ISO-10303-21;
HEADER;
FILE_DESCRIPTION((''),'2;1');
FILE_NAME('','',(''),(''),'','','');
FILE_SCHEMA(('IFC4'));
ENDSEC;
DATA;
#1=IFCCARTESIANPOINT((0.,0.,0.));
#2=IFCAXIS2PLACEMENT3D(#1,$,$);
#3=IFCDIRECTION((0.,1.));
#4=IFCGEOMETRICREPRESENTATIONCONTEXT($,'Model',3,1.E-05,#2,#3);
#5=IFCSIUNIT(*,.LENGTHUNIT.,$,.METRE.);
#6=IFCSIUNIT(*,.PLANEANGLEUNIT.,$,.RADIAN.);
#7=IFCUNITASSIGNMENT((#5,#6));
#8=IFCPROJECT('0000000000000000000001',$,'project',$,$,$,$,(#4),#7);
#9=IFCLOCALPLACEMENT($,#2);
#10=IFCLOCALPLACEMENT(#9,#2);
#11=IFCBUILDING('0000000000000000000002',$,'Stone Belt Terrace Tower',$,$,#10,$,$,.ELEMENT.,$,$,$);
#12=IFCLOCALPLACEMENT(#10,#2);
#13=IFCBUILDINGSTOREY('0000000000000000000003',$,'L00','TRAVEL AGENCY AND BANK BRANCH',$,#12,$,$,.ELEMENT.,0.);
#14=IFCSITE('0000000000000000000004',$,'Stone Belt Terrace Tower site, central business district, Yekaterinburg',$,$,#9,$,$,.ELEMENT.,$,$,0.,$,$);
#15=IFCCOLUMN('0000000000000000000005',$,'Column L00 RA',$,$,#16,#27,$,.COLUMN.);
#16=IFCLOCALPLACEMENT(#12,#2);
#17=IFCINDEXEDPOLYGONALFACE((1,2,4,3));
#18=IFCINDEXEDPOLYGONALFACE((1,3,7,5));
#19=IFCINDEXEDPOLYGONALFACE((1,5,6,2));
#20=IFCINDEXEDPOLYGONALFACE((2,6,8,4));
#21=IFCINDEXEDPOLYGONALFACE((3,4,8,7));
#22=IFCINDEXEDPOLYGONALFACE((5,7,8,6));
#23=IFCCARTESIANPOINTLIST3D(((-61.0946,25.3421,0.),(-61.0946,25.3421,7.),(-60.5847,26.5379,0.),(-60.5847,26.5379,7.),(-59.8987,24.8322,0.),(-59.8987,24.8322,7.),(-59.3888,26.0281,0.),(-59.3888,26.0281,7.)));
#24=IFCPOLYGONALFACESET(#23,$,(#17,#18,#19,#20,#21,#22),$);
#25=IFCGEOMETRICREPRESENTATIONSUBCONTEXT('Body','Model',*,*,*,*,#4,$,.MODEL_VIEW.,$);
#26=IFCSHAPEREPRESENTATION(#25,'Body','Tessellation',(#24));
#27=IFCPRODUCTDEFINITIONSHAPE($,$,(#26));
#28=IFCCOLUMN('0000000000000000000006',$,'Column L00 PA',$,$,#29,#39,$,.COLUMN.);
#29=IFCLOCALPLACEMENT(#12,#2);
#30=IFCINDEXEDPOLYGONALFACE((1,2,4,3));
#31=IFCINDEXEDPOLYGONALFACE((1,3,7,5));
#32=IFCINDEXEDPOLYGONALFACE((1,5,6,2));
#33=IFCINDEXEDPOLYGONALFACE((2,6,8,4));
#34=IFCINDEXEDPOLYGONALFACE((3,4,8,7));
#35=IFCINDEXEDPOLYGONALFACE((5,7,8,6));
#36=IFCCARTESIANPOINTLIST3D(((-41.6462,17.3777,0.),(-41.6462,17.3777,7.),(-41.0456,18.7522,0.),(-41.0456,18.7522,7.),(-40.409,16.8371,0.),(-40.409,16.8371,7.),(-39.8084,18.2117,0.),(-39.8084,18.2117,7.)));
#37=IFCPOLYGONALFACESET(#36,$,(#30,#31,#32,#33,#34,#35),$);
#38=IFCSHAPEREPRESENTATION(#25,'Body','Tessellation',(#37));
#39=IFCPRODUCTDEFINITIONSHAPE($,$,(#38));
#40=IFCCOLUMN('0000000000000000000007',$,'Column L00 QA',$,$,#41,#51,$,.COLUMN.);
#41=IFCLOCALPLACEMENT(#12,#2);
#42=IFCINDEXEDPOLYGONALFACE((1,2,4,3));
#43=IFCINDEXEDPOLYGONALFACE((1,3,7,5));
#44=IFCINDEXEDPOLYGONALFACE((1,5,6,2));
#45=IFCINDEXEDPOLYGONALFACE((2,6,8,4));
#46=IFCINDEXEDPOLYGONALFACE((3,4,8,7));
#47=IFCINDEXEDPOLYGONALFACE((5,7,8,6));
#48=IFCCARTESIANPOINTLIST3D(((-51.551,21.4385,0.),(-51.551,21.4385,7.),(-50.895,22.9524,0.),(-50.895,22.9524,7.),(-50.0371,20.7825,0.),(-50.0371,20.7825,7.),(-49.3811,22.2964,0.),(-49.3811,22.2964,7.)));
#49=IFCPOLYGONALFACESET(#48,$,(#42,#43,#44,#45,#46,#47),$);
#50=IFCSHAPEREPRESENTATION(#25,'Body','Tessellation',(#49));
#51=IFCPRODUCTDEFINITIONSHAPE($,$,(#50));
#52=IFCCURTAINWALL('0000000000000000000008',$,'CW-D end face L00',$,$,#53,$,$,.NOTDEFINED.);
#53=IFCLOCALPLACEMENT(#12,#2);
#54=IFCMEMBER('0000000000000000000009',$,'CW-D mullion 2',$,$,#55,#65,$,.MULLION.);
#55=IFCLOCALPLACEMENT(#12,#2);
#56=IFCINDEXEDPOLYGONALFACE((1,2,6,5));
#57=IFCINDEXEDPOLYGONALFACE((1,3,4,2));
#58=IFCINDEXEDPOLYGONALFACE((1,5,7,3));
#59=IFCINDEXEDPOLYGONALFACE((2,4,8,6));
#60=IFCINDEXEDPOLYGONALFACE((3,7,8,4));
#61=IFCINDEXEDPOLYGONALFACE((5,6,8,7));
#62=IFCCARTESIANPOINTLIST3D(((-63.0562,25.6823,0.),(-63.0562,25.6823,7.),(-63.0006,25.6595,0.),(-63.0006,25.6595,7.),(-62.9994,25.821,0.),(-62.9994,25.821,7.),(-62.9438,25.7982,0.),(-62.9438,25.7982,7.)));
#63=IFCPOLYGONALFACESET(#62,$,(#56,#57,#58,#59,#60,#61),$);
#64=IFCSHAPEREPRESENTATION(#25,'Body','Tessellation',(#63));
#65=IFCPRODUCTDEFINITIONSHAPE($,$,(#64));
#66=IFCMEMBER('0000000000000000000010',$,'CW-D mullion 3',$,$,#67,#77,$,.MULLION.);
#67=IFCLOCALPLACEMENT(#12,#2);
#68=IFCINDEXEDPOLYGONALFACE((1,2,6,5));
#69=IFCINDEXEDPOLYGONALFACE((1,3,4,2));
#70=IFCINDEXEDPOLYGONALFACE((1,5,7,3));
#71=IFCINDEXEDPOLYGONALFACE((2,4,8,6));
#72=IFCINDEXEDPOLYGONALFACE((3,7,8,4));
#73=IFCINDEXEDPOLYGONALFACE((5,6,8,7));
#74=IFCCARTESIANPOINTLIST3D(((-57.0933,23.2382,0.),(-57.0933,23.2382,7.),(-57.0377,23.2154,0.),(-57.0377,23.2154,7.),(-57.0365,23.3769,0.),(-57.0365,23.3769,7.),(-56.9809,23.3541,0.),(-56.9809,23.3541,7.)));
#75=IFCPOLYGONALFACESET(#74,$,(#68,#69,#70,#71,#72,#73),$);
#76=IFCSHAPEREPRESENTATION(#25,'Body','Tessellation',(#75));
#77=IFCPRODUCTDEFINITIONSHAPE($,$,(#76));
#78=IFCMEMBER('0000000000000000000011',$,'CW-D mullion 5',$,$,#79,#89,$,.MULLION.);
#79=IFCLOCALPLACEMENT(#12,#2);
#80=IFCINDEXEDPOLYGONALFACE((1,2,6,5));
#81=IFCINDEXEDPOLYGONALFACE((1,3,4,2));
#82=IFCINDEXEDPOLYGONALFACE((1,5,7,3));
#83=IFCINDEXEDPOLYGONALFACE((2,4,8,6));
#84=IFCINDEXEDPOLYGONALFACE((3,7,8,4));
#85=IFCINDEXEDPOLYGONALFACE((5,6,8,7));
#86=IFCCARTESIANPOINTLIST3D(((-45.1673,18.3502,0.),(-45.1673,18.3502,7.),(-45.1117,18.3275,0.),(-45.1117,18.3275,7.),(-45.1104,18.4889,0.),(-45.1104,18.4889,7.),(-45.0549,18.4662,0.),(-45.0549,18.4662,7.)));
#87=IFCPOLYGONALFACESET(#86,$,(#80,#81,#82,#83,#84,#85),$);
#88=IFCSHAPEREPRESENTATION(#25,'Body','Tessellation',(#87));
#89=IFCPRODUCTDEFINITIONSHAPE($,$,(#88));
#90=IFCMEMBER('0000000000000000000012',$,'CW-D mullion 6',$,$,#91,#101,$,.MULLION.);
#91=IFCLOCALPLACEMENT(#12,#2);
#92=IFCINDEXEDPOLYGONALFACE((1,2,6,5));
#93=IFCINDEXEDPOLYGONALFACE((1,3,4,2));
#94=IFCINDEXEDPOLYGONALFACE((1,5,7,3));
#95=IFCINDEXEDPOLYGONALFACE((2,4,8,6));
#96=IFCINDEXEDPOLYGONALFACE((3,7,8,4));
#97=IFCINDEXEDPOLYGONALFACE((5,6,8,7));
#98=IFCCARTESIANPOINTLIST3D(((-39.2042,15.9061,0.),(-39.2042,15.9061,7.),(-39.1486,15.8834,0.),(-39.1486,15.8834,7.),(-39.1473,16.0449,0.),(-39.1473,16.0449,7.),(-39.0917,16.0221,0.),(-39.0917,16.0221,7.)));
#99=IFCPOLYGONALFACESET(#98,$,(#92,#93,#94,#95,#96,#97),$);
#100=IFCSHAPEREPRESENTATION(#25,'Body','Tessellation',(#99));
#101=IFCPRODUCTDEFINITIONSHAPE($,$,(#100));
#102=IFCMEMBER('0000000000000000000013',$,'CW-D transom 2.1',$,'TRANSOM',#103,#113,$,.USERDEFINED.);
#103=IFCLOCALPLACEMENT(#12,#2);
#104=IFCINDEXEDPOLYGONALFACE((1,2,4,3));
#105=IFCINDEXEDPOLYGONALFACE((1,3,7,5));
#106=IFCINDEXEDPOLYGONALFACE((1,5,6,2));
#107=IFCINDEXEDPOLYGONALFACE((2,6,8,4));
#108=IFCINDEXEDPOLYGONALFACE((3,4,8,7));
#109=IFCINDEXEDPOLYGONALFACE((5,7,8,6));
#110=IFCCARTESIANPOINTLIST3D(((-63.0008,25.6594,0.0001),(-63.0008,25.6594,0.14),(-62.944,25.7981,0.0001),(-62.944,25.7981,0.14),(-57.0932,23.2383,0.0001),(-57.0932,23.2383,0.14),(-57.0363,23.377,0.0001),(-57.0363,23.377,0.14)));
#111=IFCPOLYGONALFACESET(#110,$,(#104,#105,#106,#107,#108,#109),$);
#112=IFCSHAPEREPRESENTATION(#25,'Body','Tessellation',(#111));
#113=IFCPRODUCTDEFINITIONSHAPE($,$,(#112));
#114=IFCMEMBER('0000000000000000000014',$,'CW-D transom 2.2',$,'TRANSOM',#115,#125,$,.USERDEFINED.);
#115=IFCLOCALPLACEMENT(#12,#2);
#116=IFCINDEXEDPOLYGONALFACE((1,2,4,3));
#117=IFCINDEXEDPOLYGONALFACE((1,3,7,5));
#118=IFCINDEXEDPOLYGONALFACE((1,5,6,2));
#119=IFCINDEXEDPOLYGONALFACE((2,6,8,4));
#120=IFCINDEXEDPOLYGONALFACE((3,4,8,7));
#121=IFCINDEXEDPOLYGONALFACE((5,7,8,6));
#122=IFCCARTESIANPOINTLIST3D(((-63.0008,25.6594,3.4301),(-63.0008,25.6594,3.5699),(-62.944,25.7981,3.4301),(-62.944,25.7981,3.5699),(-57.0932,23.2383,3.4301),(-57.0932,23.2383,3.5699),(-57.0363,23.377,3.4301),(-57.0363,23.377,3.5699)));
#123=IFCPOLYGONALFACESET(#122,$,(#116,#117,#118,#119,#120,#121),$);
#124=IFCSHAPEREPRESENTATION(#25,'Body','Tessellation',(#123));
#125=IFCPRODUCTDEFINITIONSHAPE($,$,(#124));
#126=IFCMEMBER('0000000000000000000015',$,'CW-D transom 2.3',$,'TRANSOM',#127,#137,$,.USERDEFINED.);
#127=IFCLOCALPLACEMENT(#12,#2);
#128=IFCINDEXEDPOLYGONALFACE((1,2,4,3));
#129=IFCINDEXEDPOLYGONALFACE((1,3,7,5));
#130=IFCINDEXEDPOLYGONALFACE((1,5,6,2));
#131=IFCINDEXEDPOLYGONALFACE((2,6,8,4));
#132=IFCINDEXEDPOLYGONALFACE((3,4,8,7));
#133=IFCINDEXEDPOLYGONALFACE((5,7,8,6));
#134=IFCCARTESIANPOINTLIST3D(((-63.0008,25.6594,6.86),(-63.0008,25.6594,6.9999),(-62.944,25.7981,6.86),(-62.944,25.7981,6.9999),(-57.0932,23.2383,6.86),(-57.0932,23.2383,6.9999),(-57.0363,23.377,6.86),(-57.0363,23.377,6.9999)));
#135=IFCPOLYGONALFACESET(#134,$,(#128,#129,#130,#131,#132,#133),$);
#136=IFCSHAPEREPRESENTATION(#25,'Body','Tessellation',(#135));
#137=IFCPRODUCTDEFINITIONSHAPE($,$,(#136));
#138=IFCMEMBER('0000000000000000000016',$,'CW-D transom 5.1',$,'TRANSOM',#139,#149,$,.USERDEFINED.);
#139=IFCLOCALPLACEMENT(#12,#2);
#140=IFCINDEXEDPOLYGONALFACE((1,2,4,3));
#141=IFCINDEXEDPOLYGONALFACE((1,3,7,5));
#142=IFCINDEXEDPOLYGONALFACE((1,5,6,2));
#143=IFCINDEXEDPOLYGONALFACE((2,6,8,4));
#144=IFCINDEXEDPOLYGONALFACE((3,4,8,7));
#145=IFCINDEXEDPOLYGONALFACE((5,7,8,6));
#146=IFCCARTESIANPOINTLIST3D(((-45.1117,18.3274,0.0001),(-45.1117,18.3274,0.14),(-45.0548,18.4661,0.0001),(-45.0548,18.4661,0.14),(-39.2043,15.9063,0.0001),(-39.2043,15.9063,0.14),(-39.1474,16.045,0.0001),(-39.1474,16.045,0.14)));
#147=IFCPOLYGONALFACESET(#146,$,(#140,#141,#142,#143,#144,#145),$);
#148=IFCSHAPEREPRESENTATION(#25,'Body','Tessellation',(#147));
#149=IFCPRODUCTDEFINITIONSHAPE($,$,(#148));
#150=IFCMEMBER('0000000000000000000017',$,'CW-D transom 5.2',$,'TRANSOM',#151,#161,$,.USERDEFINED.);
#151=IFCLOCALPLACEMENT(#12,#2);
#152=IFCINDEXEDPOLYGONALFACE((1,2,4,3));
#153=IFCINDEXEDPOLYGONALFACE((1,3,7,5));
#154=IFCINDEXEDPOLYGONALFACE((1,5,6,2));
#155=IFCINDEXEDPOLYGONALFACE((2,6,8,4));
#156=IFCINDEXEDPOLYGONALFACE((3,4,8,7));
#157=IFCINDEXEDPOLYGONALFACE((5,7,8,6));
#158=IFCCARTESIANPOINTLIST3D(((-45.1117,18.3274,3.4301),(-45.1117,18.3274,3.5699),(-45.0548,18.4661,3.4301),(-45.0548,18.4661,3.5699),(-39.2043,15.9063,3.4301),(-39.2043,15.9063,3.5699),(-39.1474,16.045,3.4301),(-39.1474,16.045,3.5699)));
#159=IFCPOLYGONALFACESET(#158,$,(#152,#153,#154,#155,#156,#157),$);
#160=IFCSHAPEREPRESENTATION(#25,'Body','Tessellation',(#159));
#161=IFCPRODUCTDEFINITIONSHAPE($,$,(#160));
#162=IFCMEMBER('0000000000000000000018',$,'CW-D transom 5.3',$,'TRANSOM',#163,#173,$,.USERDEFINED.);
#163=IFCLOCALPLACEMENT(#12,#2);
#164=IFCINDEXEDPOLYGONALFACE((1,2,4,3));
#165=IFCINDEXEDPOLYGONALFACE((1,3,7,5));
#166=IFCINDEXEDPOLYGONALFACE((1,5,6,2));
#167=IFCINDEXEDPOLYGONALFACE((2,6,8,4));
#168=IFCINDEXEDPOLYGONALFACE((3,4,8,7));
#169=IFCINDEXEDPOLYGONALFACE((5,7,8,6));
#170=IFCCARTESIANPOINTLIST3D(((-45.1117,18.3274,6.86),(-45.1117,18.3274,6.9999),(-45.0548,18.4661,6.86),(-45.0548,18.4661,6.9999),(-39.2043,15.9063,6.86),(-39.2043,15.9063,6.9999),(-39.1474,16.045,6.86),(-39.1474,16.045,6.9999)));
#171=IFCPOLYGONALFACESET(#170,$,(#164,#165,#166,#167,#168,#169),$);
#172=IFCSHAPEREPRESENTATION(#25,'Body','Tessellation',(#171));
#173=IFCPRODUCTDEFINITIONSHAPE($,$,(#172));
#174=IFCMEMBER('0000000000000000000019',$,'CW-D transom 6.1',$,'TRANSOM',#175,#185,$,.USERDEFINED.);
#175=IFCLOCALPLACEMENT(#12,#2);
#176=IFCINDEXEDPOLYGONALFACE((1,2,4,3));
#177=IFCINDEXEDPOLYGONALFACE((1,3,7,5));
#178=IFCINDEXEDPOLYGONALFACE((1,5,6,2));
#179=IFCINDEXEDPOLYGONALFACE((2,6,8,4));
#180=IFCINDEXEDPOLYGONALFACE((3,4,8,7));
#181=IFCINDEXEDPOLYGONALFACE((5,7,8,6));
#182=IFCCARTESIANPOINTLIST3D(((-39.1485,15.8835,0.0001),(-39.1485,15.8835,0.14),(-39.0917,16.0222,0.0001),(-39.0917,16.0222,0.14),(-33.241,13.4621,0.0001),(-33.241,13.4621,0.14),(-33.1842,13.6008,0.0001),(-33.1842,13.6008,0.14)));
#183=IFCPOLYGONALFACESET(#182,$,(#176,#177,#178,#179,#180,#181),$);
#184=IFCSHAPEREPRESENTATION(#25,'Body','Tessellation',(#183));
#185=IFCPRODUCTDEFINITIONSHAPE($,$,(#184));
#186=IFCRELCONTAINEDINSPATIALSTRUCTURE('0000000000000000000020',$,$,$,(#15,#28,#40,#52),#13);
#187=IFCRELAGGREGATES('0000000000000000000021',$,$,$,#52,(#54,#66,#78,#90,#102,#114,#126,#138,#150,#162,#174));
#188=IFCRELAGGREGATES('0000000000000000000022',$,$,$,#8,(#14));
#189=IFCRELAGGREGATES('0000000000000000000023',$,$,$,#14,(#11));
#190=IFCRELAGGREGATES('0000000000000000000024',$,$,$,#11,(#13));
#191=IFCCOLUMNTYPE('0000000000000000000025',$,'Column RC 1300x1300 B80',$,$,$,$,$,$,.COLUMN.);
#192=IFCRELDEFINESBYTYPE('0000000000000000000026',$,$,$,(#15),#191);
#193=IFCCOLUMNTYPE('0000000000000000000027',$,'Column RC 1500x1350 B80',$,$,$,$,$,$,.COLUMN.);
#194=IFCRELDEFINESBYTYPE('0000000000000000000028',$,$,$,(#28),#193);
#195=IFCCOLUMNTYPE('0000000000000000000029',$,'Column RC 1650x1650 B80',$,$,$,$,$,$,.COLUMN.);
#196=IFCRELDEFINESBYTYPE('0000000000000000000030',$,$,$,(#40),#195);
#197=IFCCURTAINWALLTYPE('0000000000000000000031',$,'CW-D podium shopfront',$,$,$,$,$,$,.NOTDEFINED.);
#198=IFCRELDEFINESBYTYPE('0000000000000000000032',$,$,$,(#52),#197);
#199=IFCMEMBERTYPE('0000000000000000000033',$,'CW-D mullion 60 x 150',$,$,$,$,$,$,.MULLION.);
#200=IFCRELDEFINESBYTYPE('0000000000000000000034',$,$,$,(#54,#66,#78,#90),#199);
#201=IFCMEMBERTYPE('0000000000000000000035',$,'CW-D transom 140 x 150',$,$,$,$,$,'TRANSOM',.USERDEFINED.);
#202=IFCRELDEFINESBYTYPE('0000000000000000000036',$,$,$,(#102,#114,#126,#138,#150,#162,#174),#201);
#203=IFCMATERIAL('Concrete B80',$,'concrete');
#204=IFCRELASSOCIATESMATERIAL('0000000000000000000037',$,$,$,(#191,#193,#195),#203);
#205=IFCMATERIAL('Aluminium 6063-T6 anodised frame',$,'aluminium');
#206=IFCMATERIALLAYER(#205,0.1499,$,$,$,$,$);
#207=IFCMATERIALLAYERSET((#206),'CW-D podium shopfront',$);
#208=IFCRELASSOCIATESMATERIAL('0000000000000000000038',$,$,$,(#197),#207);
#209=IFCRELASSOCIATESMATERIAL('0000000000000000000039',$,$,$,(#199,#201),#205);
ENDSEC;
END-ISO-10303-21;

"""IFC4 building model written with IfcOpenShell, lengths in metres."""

from ifc_helpers import new_model, si_unit, direction, frame, origin, origin_2d, place, context, subcontext, project, spatial, rectangle, extrude, material, layer, layer_set, material_profile, profile_set, type_object, element, aggregate, save


model = new_model("IFC4")

# Units and contexts
model_context = context("Model", 3, precision=1e-05, world=origin(), true_north=direction((0.0, 1.0)))
body_context = subcontext(model_context, "Body", "Model", "MODEL_VIEW")
ifc_project = project(units=[si_unit("LENGTHUNIT", "METRE"), si_unit("PLANEANGLEUNIT", "RADIAN")], contexts=[model_context])

# Site, building, storey
site_placement = place(None, origin())
site = spatial("IfcSite", under=ifc_project, at=site_placement, Name="Stone Belt Terrace Tower site, central business district, Yekaterinburg", CompositionType="ELEMENT", RefElevation=0.0)
building_placement = place(site_placement, origin())
building = spatial("IfcBuilding", under=site, at=building_placement, Name="Stone Belt Terrace Tower", CompositionType="ELEMENT")
storey_placement = place(building_placement, origin())
storey = spatial("IfcBuildingStorey", under=building, at=storey_placement, Name="L00", Description="TRAVEL AGENCY AND BANK BRANCH", CompositionType="ELEMENT", Elevation=0.0)

# Columns
ifc_material_1 = material(Name="Concrete B80", Category="concrete")
ifc_material_profile_1 = material_profile(ifc_material_1, rectangle(XDim=1.3, YDim=1.3, at=origin_2d()), Name="RC 1300x1300")
ifc_profile_set_1 = profile_set([ifc_material_profile_1], Name="Concrete B80")
column_type_1 = type_object("IfcColumnType", Name="Column RC 1300x1300 B80", PredefinedType="COLUMN", material=ifc_profile_set_1)
column_1_placement = place(storey_placement, frame((-60.2417, 25.6851, 0.0), z_axis=(0.0, 0.0, 1.0), x_axis=(0.392204, 0.919878, 0.0)))
element("IfcColumn", 1, at=column_1_placement, inside=storey, type_object=column_type_1, Name="Column L00 RA", PredefinedType="COLUMN", context=body_context, shape_type="SweptSolid", body=[
    extrude(rectangle(XDim=1.3, YDim=1.3, at=origin_2d()), origin(), (0.0, 0.0, 1.0), 7.0),
])
ifc_material_profile_2 = material_profile(ifc_material_1, rectangle(XDim=1.5, YDim=1.3501, at=origin_2d()), Name="RC 1500x1350")
ifc_profile_set_2 = profile_set([ifc_material_profile_2], Name="Concrete B80")
column_type_2 = type_object("IfcColumnType", Name="Column RC 1500x1350 B80", PredefinedType="COLUMN", material=ifc_profile_set_2)
column_2_placement = place(storey_placement, frame((-40.7273, 17.7947, 0.0), z_axis=(0.0, 0.0, 1.0), x_axis=(0.400376, 0.916351, 0.0)))
element("IfcColumn", 2, at=column_2_placement, inside=storey, type_object=column_type_2, Name="Column L00 PA", PredefinedType="COLUMN", context=body_context, shape_type="SweptSolid", body=[
    extrude(rectangle(XDim=1.5, YDim=1.3501, at=origin_2d()), origin(), (0.0, 0.0, 1.0), 7.0),
])
ifc_material_profile_3 = material_profile(ifc_material_1, rectangle(XDim=1.6499, YDim=1.6499, at=origin_2d()), Name="RC 1650x1650")
ifc_profile_set_3 = profile_set([ifc_material_profile_3], Name="Concrete B80")
column_type_3 = type_object("IfcColumnType", Name="Column RC 1650x1650 B80", PredefinedType="COLUMN", material=ifc_profile_set_3)
column_3_placement = place(storey_placement, frame((-50.4661, 21.8674, 0.0), z_axis=(0.0, 0.0, 1.0), x_axis=(0.397588, 0.917564, 0.0)))
element("IfcColumn", 3, at=column_3_placement, inside=storey, type_object=column_type_3, Name="Column L00 QA", PredefinedType="COLUMN", context=body_context, shape_type="SweptSolid", body=[
    extrude(rectangle(XDim=1.6499, YDim=1.6499, at=origin_2d()), origin(), (0.0, 0.0, 1.0), 7.0),
])

# Curtain wall, members
ifc_material_2 = material(Name="Aluminium 6063-T6 anodised frame", Category="aluminium")
ifc_layer_1 = layer(ifc_material_2, 0.1499)
ifc_layer_set_1 = layer_set([ifc_layer_1], Name="CW-D podium shopfront")
curtain_wall_type = type_object("IfcCurtainWallType", Name="CW-D podium shopfront", PredefinedType="NOTDEFINED", material=ifc_layer_set_1)
curtain_wall_placement = place(storey_placement, origin())
curtain_wall = element("IfcCurtainWall", 4, at=curtain_wall_placement, inside=storey, type_object=curtain_wall_type, Name="CW-D end face L00", PredefinedType="NOTDEFINED")
ifc_material_profile_4 = material_profile(ifc_material_2, rectangle(XDim=0.1499, YDim=0.0601, at=origin_2d()), Name="Aluminium 6063-T6 60x150")
ifc_profile_set_4 = profile_set([ifc_material_profile_4], Name="Aluminium 6063-T6 anodised frame")
member_type_1 = type_object("IfcMemberType", Name="CW-D mullion 60 x 150", PredefinedType="MULLION", material=ifc_profile_set_4)
member_1_placement = place(storey_placement, frame((-63.0, 25.7402, 0.0), z_axis=(0.0, 0.0, 1.0), x_axis=(0.379243, 0.925297, 0.0)))
member_1 = element("IfcMember", 5, at=member_1_placement, type_object=member_type_1, Name="CW-D mullion 2", PredefinedType="MULLION", context=body_context, shape_type="SweptSolid", body=[
    extrude(rectangle(XDim=0.1499, YDim=0.0601, at=origin_2d()), origin(), (0.0, 0.0, 1.0), 7.0),
])
member_2_placement = place(storey_placement, frame((-57.0371, 23.2961, 0.0), z_axis=(0.0, 0.0, 1.0), x_axis=(0.379243, 0.925297, 0.0)))
member_2 = element("IfcMember", 6, at=member_2_placement, type_object=member_type_1, Name="CW-D mullion 3", PredefinedType="MULLION", context=body_context, shape_type="SweptSolid", body=[
    extrude(rectangle(XDim=0.1499, YDim=0.0601, at=origin_2d()), origin(), (0.0, 0.0, 1.0), 7.0),
])
member_3_placement = place(storey_placement, frame((-45.1111, 18.4082, 0.0), z_axis=(0.0, 0.0, 1.0), x_axis=(0.379243, 0.925297, 0.0)))
member_3 = element("IfcMember", 7, at=member_3_placement, type_object=member_type_1, Name="CW-D mullion 5", PredefinedType="MULLION", context=body_context, shape_type="SweptSolid", body=[
    extrude(rectangle(XDim=0.1499, YDim=0.0601, at=origin_2d()), origin(), (0.0, 0.0, 1.0), 7.0),
])
member_4_placement = place(storey_placement, frame((-39.1479, 15.9641, 0.0), z_axis=(0.0, 0.0, 1.0), x_axis=(0.379243, 0.925297, 0.0)))
member_4 = element("IfcMember", 8, at=member_4_placement, type_object=member_type_1, Name="CW-D mullion 6", PredefinedType="MULLION", context=body_context, shape_type="SweptSolid", body=[
    extrude(rectangle(XDim=0.1499, YDim=0.0601, at=origin_2d()), origin(), (0.0, 0.0, 1.0), 7.0),
])
ifc_material_profile_5 = material_profile(ifc_material_2, rectangle(XDim=0.1499, YDim=0.1399, at=origin_2d()), Name="Aluminium 6063-T6 150x140")
ifc_profile_set_5 = profile_set([ifc_material_profile_5], Name="Aluminium 6063-T6 anodised frame")
member_type_2 = type_object("IfcMemberType", Name="CW-D transom 140 x 150", ElementType="TRANSOM", PredefinedType="USERDEFINED", material=ifc_profile_set_5)
member_5_placement = place(storey_placement, frame((-62.9724, 25.7288, 0.0701), z_axis=(0.925308, -0.379216, 0.0), x_axis=(0.379216, 0.925308, 0.0)))
member_5 = element("IfcMember", 9, at=member_5_placement, type_object=member_type_2, Name="CW-D transom 2.1", ObjectType="TRANSOM", PredefinedType="USERDEFINED", context=body_context, shape_type="SweptSolid", body=[
    extrude(rectangle(XDim=0.1499, YDim=0.1399, at=origin_2d()), origin(), (0.0, 0.0, 1.0), 6.3845),
])
member_6_placement = place(storey_placement, frame((-62.9724, 25.7288, 3.5), z_axis=(0.925308, -0.379216, 0.0), x_axis=(0.379216, 0.925308, 0.0)))
member_6 = element("IfcMember", 10, at=member_6_placement, type_object=member_type_2, Name="CW-D transom 2.2", ObjectType="TRANSOM", PredefinedType="USERDEFINED", context=body_context, shape_type="SweptSolid", body=[
    extrude(rectangle(XDim=0.1499, YDim=0.1399, at=origin_2d()), origin(), (0.0, 0.0, 1.0), 6.3845),
])
member_7_placement = place(storey_placement, frame((-62.9724, 25.7288, 6.9299), z_axis=(0.925308, -0.379216, 0.0), x_axis=(0.379216, 0.925308, 0.0)))
member_7 = element("IfcMember", 11, at=member_7_placement, type_object=member_type_2, Name="CW-D transom 2.3", ObjectType="TRANSOM", PredefinedType="USERDEFINED", context=body_context, shape_type="SweptSolid", body=[
    extrude(rectangle(XDim=0.1499, YDim=0.1399, at=origin_2d()), origin(), (0.0, 0.0, 1.0), 6.3845),
])
member_8_placement = place(storey_placement, frame((-45.0833, 18.3967, 0.0701), z_axis=(0.925302, -0.37923, 0.0), x_axis=(0.37923, 0.925302, 0.0)))
member_8 = element("IfcMember", 12, at=member_8_placement, type_object=member_type_2, Name="CW-D transom 5.1", ObjectType="TRANSOM", PredefinedType="USERDEFINED", context=body_context, shape_type="SweptSolid", body=[
    extrude(rectangle(XDim=0.1499, YDim=0.1399, at=origin_2d()), origin(), (0.0, 0.0, 1.0), 6.3843),
])
member_9_placement = place(storey_placement, frame((-45.0833, 18.3967, 3.5), z_axis=(0.925302, -0.37923, 0.0), x_axis=(0.37923, 0.925302, 0.0)))
member_9 = element("IfcMember", 13, at=member_9_placement, type_object=member_type_2, Name="CW-D transom 5.2", ObjectType="TRANSOM", PredefinedType="USERDEFINED", context=body_context, shape_type="SweptSolid", body=[
    extrude(rectangle(XDim=0.1499, YDim=0.1399, at=origin_2d()), origin(), (0.0, 0.0, 1.0), 6.3843),
])
member_10_placement = place(storey_placement, frame((-45.0833, 18.3967, 6.9299), z_axis=(0.925302, -0.37923, 0.0), x_axis=(0.37923, 0.925302, 0.0)))
member_10 = element("IfcMember", 14, at=member_10_placement, type_object=member_type_2, Name="CW-D transom 5.3", ObjectType="TRANSOM", PredefinedType="USERDEFINED", context=body_context, shape_type="SweptSolid", body=[
    extrude(rectangle(XDim=0.1499, YDim=0.1399, at=origin_2d()), origin(), (0.0, 0.0, 1.0), 6.3843),
])
member_11_placement = place(storey_placement, frame((-39.1201, 15.9529, 0.0701), z_axis=(0.925289, -0.379263, 0.0), x_axis=(0.379263, 0.925289, 0.0)))
member_11 = element("IfcMember", 15, at=member_11_placement, type_object=member_type_2, Name="CW-D transom 6.1", ObjectType="TRANSOM", PredefinedType="USERDEFINED", context=body_context, shape_type="SweptSolid", body=[
    extrude(rectangle(XDim=0.1499, YDim=0.1399, at=origin_2d()), origin(), (0.0, 0.0, 1.0), 6.3845),
])

aggregate(curtain_wall, [member_1, member_2, member_3, member_4, member_5, member_6, member_7, member_8, member_9, member_10, member_11])

save(model, "model.ifc")
